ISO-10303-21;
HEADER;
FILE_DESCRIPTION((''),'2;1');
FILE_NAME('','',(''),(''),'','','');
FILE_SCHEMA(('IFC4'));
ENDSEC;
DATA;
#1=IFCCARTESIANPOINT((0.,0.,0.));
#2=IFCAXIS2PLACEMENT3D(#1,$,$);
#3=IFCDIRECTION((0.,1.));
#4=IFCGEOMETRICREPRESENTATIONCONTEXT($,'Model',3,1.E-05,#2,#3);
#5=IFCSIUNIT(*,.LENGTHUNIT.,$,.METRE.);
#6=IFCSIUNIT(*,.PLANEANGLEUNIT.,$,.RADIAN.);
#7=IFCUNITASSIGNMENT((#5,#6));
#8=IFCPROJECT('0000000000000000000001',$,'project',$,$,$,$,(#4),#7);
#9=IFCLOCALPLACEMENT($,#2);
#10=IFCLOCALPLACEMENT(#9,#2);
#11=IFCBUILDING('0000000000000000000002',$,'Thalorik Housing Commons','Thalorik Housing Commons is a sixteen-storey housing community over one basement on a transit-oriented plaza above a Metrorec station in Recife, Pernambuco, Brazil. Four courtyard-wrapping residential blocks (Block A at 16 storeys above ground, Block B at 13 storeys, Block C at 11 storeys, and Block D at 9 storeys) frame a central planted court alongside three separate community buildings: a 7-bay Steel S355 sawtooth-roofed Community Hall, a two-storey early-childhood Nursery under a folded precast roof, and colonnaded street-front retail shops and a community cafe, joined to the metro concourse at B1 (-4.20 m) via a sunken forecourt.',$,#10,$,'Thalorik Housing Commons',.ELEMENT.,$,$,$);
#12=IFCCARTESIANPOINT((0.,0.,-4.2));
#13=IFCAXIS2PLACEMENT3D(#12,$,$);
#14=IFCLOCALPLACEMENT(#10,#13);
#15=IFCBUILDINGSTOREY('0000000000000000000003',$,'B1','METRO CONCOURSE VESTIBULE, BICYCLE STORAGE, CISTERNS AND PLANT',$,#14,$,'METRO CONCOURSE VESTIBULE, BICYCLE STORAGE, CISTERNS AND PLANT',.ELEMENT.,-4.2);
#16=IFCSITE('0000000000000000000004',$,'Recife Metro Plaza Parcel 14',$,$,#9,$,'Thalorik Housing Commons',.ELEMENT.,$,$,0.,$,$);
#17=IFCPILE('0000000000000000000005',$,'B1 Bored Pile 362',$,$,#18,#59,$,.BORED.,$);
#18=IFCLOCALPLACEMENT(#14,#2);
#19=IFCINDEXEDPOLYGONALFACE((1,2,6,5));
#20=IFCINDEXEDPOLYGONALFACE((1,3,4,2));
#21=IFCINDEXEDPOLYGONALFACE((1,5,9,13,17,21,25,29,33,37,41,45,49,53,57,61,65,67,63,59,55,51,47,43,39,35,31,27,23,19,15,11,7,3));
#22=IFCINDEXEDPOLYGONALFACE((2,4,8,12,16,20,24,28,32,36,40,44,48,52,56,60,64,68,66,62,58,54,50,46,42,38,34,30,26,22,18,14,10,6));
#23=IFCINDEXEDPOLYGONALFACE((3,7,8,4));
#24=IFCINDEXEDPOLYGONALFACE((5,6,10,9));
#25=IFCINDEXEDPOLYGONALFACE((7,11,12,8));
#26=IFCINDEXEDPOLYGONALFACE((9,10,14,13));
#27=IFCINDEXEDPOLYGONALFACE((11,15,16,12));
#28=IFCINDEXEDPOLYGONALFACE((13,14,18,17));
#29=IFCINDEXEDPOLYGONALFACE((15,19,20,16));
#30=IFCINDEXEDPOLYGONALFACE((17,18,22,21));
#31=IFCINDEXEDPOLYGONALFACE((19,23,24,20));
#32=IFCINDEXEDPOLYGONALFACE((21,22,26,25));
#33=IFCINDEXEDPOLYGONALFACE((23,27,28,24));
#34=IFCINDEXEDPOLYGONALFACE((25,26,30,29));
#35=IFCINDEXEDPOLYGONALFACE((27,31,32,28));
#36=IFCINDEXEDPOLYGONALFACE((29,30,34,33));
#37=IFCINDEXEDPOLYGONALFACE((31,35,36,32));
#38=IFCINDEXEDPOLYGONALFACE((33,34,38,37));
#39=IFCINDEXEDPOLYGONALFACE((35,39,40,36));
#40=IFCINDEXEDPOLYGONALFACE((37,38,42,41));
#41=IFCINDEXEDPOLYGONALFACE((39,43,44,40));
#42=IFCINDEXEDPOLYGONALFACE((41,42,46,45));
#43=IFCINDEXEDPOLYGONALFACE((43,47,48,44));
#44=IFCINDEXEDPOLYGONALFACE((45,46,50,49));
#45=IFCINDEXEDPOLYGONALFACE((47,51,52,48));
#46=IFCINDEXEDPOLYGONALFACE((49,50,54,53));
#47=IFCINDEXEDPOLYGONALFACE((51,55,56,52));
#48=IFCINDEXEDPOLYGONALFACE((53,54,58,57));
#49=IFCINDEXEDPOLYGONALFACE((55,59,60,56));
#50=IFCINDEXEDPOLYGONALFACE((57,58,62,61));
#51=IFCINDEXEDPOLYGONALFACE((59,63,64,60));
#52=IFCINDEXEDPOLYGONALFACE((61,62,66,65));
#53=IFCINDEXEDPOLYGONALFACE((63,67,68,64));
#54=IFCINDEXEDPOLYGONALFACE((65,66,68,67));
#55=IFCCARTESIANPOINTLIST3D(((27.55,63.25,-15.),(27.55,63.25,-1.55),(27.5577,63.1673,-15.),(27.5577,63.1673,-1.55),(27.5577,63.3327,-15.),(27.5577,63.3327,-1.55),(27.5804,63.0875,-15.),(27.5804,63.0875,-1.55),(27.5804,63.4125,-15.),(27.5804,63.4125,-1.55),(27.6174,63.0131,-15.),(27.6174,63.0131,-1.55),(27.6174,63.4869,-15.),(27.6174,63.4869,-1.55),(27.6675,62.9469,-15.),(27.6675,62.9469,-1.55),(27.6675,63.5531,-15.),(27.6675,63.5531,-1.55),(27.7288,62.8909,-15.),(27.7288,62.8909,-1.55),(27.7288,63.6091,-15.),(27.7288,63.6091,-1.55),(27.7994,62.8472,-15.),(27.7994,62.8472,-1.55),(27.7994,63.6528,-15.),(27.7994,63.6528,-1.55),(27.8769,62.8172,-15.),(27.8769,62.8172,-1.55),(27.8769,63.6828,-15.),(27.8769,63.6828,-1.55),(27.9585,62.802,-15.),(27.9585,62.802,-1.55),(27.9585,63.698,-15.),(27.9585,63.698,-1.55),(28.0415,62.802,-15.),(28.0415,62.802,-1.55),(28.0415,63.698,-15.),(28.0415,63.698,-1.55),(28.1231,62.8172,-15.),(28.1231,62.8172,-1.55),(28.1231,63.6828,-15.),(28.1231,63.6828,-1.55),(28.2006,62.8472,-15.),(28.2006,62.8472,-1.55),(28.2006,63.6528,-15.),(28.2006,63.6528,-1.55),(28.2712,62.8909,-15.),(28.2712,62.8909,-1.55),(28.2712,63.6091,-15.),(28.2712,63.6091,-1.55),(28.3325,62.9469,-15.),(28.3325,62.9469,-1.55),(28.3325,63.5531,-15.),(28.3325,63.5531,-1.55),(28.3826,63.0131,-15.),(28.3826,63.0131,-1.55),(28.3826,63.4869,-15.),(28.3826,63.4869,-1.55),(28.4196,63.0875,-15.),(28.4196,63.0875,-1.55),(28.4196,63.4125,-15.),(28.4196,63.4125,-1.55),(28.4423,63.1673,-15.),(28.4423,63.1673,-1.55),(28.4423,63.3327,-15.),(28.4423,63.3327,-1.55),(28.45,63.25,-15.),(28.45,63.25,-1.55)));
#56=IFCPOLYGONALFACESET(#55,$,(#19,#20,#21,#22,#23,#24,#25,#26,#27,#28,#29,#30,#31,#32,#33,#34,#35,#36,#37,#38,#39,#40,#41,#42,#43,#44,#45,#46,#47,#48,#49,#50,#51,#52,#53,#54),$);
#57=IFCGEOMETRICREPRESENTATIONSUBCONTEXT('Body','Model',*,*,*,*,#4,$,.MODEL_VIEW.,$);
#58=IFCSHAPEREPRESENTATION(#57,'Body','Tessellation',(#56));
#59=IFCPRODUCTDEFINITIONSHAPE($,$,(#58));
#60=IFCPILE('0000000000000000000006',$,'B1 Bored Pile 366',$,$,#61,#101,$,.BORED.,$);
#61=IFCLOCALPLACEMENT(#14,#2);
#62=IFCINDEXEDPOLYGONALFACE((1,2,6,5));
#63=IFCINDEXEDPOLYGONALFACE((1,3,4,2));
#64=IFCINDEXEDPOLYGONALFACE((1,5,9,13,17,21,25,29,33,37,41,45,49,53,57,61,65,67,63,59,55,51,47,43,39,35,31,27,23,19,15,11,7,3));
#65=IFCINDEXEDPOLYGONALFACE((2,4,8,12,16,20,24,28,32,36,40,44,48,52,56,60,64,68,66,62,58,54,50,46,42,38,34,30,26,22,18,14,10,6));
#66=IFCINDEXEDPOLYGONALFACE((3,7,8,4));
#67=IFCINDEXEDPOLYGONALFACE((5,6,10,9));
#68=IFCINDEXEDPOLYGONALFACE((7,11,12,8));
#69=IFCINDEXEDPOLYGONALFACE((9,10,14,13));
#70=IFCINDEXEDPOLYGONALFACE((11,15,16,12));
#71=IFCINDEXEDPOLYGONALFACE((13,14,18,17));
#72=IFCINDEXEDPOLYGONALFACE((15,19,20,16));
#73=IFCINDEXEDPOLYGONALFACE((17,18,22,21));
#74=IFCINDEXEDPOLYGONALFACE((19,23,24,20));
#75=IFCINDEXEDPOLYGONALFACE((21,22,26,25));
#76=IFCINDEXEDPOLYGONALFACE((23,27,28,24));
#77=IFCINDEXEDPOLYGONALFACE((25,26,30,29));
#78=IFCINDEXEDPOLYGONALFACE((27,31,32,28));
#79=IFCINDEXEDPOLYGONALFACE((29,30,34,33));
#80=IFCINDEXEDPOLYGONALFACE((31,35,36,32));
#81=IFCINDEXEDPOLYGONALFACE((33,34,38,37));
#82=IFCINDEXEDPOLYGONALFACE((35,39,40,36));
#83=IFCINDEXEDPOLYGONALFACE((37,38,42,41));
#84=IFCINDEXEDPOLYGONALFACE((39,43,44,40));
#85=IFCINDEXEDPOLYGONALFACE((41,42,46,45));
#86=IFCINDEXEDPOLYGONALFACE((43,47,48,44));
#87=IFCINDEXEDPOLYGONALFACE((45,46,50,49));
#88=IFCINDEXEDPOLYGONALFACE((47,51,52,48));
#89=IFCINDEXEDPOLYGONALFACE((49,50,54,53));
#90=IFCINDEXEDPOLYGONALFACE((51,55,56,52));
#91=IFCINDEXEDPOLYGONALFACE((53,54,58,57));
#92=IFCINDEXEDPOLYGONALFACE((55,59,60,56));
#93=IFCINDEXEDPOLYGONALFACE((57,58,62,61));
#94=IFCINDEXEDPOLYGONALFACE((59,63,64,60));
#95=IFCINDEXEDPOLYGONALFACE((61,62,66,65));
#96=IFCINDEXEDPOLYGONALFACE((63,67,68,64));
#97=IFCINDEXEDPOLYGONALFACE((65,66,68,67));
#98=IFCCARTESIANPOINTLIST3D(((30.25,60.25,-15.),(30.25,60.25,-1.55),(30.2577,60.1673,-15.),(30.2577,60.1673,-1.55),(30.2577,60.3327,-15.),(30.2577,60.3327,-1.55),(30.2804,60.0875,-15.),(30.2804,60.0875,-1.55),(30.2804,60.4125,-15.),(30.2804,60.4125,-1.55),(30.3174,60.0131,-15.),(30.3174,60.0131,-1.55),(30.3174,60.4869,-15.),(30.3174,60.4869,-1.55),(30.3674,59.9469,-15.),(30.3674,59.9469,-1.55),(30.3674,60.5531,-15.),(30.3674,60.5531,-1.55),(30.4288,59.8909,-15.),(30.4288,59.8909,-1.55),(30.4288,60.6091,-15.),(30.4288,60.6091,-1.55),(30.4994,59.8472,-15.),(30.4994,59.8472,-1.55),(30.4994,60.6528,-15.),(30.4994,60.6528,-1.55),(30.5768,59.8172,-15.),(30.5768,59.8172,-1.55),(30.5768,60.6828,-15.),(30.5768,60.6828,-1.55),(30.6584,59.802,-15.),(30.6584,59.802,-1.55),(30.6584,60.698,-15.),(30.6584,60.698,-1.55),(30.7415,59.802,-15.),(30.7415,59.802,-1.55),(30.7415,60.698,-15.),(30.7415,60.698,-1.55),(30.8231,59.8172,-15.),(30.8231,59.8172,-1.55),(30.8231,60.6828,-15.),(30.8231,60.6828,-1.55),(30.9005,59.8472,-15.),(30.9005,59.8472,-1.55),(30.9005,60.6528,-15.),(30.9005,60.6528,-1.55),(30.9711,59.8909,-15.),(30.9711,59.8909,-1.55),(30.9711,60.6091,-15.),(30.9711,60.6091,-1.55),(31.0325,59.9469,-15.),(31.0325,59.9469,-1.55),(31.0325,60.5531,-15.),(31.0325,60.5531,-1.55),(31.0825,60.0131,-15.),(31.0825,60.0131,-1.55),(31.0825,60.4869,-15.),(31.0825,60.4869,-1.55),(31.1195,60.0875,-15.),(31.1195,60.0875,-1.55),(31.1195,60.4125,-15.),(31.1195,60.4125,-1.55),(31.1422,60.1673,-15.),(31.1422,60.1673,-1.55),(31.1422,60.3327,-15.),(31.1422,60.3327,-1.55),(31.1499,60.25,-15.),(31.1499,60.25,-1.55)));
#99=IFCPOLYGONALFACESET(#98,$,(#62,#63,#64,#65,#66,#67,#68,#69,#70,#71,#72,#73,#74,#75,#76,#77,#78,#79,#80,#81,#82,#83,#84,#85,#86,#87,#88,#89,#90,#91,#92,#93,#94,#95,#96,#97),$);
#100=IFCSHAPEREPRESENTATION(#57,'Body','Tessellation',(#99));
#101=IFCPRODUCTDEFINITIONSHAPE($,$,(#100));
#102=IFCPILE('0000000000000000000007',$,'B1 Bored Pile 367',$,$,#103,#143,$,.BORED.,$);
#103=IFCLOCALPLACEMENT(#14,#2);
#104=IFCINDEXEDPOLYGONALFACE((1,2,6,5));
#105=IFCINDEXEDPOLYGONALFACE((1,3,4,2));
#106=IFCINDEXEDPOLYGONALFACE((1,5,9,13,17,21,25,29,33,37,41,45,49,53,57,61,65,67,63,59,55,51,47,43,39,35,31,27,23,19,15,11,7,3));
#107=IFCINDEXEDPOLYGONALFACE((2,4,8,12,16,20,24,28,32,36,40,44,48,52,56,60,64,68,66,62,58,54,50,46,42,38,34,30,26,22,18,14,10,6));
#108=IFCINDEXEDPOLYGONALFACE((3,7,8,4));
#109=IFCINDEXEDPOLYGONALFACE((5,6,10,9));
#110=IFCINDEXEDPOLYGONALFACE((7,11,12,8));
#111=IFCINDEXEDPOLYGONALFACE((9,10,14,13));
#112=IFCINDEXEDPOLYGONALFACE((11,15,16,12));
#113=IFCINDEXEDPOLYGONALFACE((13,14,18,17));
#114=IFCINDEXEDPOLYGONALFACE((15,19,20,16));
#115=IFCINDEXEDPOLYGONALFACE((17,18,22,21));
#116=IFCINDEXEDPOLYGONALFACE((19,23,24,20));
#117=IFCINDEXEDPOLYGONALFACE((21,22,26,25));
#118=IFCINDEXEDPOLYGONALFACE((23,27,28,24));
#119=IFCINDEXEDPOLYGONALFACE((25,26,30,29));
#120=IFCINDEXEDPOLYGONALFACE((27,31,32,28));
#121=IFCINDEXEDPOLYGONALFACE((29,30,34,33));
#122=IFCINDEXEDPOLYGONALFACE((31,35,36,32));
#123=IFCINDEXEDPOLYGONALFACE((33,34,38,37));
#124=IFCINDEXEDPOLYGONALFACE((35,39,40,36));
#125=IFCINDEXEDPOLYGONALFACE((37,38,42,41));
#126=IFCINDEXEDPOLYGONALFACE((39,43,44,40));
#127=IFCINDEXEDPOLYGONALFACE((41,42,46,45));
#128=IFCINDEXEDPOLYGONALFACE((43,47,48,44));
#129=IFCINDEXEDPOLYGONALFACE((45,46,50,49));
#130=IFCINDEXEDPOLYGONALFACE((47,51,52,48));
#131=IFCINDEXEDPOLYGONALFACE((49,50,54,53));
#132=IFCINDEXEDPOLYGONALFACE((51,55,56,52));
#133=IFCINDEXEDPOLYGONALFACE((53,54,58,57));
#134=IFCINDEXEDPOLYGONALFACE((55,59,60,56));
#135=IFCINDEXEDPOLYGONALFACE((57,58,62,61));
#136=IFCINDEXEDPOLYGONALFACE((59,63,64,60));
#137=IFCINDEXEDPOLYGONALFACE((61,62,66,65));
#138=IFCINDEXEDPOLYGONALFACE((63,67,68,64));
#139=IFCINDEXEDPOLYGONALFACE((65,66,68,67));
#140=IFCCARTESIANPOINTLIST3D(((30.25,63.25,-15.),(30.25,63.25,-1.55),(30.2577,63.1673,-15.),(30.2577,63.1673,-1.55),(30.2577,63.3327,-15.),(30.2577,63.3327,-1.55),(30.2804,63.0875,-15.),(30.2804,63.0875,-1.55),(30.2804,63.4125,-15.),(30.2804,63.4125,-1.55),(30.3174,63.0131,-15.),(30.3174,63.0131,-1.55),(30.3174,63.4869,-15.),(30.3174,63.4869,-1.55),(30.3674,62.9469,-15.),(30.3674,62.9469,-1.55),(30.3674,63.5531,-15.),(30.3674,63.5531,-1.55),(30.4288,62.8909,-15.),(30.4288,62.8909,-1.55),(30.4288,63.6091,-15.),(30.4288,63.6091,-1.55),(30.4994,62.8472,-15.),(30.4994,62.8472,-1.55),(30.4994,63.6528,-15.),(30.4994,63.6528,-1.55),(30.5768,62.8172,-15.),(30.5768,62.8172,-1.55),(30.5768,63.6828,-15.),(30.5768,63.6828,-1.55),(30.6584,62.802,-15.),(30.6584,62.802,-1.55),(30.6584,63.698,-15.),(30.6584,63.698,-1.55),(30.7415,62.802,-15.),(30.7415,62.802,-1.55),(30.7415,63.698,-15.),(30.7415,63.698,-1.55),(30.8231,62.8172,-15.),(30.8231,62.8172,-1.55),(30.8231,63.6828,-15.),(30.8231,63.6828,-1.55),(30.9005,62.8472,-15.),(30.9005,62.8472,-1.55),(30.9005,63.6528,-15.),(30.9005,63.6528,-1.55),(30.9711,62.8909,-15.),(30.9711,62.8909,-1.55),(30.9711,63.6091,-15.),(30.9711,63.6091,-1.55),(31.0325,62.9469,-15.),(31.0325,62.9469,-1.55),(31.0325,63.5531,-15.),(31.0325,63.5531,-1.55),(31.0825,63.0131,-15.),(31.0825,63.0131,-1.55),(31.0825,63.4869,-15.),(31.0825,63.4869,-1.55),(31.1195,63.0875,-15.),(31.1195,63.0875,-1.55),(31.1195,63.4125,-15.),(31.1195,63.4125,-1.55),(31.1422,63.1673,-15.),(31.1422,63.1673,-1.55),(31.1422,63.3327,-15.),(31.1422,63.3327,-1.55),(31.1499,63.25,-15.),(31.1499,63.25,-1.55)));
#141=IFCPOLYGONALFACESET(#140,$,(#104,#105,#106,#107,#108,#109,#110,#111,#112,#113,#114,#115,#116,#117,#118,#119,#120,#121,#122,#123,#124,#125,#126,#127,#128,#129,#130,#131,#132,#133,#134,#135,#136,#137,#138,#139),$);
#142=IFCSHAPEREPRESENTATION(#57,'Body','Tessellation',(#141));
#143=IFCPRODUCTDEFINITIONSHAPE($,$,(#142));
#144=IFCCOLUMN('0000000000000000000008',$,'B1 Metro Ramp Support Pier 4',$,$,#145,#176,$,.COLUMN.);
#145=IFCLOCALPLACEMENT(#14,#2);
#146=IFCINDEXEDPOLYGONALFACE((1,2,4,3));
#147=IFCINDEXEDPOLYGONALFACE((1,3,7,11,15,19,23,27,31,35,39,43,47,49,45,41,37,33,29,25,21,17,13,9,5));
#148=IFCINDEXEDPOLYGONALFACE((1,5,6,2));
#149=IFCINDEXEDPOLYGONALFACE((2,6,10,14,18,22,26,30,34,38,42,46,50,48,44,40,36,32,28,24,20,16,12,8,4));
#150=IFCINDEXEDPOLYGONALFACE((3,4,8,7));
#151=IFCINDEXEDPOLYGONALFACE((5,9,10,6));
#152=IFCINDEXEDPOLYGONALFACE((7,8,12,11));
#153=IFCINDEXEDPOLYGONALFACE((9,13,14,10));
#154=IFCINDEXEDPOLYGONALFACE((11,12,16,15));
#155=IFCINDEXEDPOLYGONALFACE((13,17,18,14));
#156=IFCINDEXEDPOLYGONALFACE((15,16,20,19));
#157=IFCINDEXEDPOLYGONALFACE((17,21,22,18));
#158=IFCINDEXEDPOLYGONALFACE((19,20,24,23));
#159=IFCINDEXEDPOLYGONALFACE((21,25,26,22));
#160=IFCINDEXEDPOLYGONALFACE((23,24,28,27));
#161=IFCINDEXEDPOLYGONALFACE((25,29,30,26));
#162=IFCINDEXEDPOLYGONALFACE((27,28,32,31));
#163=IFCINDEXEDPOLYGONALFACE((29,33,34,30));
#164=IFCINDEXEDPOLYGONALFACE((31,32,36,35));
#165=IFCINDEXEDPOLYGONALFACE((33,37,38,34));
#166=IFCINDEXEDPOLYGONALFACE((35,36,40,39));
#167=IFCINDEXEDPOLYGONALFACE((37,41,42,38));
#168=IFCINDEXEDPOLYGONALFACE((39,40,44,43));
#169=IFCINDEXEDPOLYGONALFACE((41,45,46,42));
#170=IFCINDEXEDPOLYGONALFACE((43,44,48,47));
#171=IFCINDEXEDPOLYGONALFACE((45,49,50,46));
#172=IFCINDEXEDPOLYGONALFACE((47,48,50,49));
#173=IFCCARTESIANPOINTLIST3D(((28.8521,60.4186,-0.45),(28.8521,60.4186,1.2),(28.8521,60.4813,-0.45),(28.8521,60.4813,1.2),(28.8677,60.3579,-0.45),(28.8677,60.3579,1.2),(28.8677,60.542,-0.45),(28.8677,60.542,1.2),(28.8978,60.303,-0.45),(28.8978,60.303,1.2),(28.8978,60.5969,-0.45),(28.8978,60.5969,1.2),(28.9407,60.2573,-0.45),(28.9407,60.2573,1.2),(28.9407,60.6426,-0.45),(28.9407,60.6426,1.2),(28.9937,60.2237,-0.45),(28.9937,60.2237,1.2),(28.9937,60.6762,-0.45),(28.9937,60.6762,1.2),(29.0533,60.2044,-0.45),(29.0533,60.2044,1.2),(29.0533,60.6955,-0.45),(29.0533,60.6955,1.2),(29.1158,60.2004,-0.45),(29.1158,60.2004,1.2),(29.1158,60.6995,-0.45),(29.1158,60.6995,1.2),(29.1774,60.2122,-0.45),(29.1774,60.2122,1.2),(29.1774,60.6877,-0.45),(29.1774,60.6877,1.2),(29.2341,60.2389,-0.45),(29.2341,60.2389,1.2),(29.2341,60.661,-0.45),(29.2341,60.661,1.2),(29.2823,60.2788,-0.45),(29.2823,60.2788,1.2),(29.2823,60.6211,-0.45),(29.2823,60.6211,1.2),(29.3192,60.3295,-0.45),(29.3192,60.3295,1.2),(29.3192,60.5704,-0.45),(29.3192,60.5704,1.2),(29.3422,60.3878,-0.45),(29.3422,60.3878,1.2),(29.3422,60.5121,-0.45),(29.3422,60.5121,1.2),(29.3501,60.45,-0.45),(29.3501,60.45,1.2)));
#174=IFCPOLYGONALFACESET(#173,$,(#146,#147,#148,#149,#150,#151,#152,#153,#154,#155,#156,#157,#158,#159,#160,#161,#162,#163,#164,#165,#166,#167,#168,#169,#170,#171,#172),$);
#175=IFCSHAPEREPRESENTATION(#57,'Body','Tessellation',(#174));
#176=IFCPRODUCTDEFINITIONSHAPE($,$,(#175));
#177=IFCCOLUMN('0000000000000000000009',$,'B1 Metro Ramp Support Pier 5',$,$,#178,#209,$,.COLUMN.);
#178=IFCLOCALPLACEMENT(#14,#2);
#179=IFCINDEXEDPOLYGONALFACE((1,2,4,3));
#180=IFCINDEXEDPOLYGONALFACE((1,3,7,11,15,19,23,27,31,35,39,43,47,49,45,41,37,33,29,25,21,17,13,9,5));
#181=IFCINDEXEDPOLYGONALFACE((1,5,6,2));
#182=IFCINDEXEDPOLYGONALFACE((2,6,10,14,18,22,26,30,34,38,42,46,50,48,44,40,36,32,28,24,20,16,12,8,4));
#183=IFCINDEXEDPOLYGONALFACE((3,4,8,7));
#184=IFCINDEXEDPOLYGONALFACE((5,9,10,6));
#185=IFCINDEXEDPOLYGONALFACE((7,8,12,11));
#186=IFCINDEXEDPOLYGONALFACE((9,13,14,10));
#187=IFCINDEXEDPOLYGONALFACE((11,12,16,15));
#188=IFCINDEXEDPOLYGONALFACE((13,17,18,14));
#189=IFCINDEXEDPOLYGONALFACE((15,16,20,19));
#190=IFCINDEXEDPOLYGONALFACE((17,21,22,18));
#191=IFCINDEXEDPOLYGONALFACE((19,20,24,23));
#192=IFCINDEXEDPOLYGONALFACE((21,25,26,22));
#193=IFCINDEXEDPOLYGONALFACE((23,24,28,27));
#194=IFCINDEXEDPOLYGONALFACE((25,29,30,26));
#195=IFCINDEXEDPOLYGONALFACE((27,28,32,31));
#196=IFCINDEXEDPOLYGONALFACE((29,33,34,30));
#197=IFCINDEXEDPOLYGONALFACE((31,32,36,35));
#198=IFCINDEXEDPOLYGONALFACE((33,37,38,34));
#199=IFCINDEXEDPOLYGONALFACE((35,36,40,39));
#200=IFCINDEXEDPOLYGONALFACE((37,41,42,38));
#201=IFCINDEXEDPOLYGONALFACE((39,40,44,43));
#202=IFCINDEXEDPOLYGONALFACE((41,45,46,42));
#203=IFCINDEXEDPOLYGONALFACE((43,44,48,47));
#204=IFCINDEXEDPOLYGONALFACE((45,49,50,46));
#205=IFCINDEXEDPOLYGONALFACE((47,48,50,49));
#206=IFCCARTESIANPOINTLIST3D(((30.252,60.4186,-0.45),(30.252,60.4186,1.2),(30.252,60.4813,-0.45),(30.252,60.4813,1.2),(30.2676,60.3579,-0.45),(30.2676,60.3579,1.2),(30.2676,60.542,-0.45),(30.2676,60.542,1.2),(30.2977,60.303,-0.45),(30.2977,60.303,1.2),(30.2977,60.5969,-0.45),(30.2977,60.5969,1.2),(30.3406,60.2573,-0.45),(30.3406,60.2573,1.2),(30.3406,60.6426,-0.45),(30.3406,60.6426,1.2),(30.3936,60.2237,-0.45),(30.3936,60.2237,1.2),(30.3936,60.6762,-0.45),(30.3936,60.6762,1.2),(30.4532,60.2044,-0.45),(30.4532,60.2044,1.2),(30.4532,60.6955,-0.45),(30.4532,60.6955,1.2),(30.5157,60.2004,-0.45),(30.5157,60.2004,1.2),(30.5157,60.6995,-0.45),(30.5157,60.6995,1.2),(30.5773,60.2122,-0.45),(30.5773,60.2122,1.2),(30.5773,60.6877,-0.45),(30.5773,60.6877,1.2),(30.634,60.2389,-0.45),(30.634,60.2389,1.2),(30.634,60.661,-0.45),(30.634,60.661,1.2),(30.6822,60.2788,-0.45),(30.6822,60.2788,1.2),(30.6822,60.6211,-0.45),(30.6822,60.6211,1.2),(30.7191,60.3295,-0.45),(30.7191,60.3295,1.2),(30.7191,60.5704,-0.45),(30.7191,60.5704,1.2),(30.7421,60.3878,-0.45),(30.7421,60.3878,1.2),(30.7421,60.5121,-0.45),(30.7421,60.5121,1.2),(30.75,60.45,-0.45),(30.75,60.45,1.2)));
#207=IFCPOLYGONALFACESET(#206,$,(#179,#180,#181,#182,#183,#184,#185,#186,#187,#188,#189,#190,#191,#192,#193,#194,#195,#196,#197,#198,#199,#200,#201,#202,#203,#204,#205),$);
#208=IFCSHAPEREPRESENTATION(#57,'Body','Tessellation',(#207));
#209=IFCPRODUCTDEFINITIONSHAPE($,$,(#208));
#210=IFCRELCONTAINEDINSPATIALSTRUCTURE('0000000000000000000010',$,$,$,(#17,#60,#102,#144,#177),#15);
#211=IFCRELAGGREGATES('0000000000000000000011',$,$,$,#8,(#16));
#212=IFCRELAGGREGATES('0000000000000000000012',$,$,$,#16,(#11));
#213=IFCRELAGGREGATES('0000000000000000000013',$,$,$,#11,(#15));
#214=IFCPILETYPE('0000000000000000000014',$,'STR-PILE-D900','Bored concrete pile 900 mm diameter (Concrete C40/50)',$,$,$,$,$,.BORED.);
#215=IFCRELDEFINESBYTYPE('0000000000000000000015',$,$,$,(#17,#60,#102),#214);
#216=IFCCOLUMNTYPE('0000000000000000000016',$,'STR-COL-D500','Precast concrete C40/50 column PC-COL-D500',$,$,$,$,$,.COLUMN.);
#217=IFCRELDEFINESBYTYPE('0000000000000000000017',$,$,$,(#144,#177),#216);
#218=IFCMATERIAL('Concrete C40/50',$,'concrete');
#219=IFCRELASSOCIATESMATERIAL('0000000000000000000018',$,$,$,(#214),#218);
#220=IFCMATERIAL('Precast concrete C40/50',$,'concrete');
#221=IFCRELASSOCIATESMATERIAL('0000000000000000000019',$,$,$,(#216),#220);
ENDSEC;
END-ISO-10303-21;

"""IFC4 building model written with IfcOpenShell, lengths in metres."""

from ifc_helpers import new_model, si_unit, direction, frame, origin, origin_2d, place, context, subcontext, project, spatial, circle, extrude, material, material_profile, profile_set, type_object, element, save


model = new_model("IFC4")

# Units and contexts
model_context = context("Model", 3, precision=1e-05, world=origin(), true_north=direction((0.0, 1.0)))
body_context = subcontext(model_context, "Body", "Model", "MODEL_VIEW")
ifc_project = project(units=[si_unit("LENGTHUNIT", "METRE"), si_unit("PLANEANGLEUNIT", "RADIAN")], contexts=[model_context])

# Site, building, storey
site_placement = place(None, origin())
site = spatial("IfcSite", under=ifc_project, at=site_placement, Name="Recife Metro Plaza Parcel 14", LongName="Thalorik Housing Commons", CompositionType="ELEMENT", RefElevation=0.0)
building_placement = place(site_placement, origin())
building = spatial("IfcBuilding", under=site, at=building_placement, Name="Thalorik Housing Commons", Description="Thalorik Housing Commons is a sixteen-storey housing community over one basement on a transit-oriented plaza above a Metrorec station in Recife, Pernambuco, Brazil. Four courtyard-wrapping residential blocks (Block A at 16 storeys above ground, Block B at 13 storeys, Block C at 11 storeys, and Block D at 9 storeys) frame a central planted court alongside three separate community buildings: a 7-bay Steel S355 sawtooth-roofed Community Hall, a two-storey early-childhood Nursery under a folded precast roof, and colonnaded street-front retail shops and a community cafe, joined to the metro concourse at B1 (-4.20 m) via a sunken forecourt.", LongName="Thalorik Housing Commons", CompositionType="ELEMENT")
storey_placement = place(building_placement, frame((0.0, 0.0, -4.2)))
storey = spatial("IfcBuildingStorey", under=building, at=storey_placement, Name="B1", Description="METRO CONCOURSE VESTIBULE, BICYCLE STORAGE, CISTERNS AND PLANT", LongName="METRO CONCOURSE VESTIBULE, BICYCLE STORAGE, CISTERNS AND PLANT", CompositionType="ELEMENT", Elevation=-4.2)

# Shared definitions
ifc_material_1 = material(Name="Concrete C40/50", Category="concrete")

# Piles
ifc_material_profile_1 = material_profile(ifc_material_1, circle(Radius=0.45, at=origin_2d()), Name="BORED PILE D900", Category="concrete")
ifc_profile_set_1 = profile_set([ifc_material_profile_1], Name="Concrete C40/50")
pile_type_1 = type_object("IfcPileType", Name="STR-PILE-D900", Description="Bored concrete pile 900 mm diameter (Concrete C40/50)", PredefinedType="BORED", material=ifc_profile_set_1)
for number, where, z_axis, x_axis, name in (
    (1, (28.0, 63.25, -1.55), (0.0, 0.0, -1.0), (1.0, 0.0, 0.0), "B1 Bored Pile 362"),
    (2, (30.7, 60.25, -1.55), (0.0, 0.0, -1.0), (1.0, 0.0, 0.0), "B1 Bored Pile 366"),
    (3, (30.7, 63.25, -1.55), (0.0, 0.0, -1.0), (1.0, 0.0, 0.0), "B1 Bored Pile 367"),
):
    element("IfcPile", number, at=place(storey_placement, frame(where, z_axis=z_axis, x_axis=x_axis)), inside=storey, type_object=pile_type_1, Name=name, PredefinedType="BORED", context=body_context, shape_type="SweptSolid", body=[
        extrude(circle(Radius=0.45, at=origin_2d()), origin(), (0.0, 0.0, 1.0), 13.45),
    ])

# Columns
ifc_material_2 = material(Name="Precast concrete C40/50", Category="concrete")
ifc_material_profile_2 = material_profile(ifc_material_2, circle(Radius=0.25, at=origin_2d()), Name="PC D500", Category="concrete")
ifc_profile_set_2 = profile_set([ifc_material_profile_2], Name="Precast concrete C40/50")
column_type_1 = type_object("IfcColumnType", Name="STR-COL-D500", Description="Precast concrete C40/50 column PC-COL-D500", PredefinedType="COLUMN", material=ifc_profile_set_2)
for number, where, z_axis, x_axis, name in (
    (4, (29.1001, 60.45, -0.45), (0.0, 0.0, 1.0), (1.0, 0.0, 0.0), "B1 Metro Ramp Support Pier 4"),
    (5, (30.5, 60.45, -0.45), (0.0, 0.0, 1.0), (1.0, 0.0, 0.0), "B1 Metro Ramp Support Pier 5"),
):
    element("IfcColumn", number, at=place(storey_placement, frame(where, z_axis=z_axis, x_axis=x_axis)), inside=storey, type_object=column_type_1, Name=name, PredefinedType="COLUMN", context=body_context, shape_type="SweptSolid", body=[
        extrude(circle(Radius=0.25, at=origin_2d()), origin(), (0.0, 0.0, 1.0), 1.6499),
    ])

save(model, "model.ifc")
